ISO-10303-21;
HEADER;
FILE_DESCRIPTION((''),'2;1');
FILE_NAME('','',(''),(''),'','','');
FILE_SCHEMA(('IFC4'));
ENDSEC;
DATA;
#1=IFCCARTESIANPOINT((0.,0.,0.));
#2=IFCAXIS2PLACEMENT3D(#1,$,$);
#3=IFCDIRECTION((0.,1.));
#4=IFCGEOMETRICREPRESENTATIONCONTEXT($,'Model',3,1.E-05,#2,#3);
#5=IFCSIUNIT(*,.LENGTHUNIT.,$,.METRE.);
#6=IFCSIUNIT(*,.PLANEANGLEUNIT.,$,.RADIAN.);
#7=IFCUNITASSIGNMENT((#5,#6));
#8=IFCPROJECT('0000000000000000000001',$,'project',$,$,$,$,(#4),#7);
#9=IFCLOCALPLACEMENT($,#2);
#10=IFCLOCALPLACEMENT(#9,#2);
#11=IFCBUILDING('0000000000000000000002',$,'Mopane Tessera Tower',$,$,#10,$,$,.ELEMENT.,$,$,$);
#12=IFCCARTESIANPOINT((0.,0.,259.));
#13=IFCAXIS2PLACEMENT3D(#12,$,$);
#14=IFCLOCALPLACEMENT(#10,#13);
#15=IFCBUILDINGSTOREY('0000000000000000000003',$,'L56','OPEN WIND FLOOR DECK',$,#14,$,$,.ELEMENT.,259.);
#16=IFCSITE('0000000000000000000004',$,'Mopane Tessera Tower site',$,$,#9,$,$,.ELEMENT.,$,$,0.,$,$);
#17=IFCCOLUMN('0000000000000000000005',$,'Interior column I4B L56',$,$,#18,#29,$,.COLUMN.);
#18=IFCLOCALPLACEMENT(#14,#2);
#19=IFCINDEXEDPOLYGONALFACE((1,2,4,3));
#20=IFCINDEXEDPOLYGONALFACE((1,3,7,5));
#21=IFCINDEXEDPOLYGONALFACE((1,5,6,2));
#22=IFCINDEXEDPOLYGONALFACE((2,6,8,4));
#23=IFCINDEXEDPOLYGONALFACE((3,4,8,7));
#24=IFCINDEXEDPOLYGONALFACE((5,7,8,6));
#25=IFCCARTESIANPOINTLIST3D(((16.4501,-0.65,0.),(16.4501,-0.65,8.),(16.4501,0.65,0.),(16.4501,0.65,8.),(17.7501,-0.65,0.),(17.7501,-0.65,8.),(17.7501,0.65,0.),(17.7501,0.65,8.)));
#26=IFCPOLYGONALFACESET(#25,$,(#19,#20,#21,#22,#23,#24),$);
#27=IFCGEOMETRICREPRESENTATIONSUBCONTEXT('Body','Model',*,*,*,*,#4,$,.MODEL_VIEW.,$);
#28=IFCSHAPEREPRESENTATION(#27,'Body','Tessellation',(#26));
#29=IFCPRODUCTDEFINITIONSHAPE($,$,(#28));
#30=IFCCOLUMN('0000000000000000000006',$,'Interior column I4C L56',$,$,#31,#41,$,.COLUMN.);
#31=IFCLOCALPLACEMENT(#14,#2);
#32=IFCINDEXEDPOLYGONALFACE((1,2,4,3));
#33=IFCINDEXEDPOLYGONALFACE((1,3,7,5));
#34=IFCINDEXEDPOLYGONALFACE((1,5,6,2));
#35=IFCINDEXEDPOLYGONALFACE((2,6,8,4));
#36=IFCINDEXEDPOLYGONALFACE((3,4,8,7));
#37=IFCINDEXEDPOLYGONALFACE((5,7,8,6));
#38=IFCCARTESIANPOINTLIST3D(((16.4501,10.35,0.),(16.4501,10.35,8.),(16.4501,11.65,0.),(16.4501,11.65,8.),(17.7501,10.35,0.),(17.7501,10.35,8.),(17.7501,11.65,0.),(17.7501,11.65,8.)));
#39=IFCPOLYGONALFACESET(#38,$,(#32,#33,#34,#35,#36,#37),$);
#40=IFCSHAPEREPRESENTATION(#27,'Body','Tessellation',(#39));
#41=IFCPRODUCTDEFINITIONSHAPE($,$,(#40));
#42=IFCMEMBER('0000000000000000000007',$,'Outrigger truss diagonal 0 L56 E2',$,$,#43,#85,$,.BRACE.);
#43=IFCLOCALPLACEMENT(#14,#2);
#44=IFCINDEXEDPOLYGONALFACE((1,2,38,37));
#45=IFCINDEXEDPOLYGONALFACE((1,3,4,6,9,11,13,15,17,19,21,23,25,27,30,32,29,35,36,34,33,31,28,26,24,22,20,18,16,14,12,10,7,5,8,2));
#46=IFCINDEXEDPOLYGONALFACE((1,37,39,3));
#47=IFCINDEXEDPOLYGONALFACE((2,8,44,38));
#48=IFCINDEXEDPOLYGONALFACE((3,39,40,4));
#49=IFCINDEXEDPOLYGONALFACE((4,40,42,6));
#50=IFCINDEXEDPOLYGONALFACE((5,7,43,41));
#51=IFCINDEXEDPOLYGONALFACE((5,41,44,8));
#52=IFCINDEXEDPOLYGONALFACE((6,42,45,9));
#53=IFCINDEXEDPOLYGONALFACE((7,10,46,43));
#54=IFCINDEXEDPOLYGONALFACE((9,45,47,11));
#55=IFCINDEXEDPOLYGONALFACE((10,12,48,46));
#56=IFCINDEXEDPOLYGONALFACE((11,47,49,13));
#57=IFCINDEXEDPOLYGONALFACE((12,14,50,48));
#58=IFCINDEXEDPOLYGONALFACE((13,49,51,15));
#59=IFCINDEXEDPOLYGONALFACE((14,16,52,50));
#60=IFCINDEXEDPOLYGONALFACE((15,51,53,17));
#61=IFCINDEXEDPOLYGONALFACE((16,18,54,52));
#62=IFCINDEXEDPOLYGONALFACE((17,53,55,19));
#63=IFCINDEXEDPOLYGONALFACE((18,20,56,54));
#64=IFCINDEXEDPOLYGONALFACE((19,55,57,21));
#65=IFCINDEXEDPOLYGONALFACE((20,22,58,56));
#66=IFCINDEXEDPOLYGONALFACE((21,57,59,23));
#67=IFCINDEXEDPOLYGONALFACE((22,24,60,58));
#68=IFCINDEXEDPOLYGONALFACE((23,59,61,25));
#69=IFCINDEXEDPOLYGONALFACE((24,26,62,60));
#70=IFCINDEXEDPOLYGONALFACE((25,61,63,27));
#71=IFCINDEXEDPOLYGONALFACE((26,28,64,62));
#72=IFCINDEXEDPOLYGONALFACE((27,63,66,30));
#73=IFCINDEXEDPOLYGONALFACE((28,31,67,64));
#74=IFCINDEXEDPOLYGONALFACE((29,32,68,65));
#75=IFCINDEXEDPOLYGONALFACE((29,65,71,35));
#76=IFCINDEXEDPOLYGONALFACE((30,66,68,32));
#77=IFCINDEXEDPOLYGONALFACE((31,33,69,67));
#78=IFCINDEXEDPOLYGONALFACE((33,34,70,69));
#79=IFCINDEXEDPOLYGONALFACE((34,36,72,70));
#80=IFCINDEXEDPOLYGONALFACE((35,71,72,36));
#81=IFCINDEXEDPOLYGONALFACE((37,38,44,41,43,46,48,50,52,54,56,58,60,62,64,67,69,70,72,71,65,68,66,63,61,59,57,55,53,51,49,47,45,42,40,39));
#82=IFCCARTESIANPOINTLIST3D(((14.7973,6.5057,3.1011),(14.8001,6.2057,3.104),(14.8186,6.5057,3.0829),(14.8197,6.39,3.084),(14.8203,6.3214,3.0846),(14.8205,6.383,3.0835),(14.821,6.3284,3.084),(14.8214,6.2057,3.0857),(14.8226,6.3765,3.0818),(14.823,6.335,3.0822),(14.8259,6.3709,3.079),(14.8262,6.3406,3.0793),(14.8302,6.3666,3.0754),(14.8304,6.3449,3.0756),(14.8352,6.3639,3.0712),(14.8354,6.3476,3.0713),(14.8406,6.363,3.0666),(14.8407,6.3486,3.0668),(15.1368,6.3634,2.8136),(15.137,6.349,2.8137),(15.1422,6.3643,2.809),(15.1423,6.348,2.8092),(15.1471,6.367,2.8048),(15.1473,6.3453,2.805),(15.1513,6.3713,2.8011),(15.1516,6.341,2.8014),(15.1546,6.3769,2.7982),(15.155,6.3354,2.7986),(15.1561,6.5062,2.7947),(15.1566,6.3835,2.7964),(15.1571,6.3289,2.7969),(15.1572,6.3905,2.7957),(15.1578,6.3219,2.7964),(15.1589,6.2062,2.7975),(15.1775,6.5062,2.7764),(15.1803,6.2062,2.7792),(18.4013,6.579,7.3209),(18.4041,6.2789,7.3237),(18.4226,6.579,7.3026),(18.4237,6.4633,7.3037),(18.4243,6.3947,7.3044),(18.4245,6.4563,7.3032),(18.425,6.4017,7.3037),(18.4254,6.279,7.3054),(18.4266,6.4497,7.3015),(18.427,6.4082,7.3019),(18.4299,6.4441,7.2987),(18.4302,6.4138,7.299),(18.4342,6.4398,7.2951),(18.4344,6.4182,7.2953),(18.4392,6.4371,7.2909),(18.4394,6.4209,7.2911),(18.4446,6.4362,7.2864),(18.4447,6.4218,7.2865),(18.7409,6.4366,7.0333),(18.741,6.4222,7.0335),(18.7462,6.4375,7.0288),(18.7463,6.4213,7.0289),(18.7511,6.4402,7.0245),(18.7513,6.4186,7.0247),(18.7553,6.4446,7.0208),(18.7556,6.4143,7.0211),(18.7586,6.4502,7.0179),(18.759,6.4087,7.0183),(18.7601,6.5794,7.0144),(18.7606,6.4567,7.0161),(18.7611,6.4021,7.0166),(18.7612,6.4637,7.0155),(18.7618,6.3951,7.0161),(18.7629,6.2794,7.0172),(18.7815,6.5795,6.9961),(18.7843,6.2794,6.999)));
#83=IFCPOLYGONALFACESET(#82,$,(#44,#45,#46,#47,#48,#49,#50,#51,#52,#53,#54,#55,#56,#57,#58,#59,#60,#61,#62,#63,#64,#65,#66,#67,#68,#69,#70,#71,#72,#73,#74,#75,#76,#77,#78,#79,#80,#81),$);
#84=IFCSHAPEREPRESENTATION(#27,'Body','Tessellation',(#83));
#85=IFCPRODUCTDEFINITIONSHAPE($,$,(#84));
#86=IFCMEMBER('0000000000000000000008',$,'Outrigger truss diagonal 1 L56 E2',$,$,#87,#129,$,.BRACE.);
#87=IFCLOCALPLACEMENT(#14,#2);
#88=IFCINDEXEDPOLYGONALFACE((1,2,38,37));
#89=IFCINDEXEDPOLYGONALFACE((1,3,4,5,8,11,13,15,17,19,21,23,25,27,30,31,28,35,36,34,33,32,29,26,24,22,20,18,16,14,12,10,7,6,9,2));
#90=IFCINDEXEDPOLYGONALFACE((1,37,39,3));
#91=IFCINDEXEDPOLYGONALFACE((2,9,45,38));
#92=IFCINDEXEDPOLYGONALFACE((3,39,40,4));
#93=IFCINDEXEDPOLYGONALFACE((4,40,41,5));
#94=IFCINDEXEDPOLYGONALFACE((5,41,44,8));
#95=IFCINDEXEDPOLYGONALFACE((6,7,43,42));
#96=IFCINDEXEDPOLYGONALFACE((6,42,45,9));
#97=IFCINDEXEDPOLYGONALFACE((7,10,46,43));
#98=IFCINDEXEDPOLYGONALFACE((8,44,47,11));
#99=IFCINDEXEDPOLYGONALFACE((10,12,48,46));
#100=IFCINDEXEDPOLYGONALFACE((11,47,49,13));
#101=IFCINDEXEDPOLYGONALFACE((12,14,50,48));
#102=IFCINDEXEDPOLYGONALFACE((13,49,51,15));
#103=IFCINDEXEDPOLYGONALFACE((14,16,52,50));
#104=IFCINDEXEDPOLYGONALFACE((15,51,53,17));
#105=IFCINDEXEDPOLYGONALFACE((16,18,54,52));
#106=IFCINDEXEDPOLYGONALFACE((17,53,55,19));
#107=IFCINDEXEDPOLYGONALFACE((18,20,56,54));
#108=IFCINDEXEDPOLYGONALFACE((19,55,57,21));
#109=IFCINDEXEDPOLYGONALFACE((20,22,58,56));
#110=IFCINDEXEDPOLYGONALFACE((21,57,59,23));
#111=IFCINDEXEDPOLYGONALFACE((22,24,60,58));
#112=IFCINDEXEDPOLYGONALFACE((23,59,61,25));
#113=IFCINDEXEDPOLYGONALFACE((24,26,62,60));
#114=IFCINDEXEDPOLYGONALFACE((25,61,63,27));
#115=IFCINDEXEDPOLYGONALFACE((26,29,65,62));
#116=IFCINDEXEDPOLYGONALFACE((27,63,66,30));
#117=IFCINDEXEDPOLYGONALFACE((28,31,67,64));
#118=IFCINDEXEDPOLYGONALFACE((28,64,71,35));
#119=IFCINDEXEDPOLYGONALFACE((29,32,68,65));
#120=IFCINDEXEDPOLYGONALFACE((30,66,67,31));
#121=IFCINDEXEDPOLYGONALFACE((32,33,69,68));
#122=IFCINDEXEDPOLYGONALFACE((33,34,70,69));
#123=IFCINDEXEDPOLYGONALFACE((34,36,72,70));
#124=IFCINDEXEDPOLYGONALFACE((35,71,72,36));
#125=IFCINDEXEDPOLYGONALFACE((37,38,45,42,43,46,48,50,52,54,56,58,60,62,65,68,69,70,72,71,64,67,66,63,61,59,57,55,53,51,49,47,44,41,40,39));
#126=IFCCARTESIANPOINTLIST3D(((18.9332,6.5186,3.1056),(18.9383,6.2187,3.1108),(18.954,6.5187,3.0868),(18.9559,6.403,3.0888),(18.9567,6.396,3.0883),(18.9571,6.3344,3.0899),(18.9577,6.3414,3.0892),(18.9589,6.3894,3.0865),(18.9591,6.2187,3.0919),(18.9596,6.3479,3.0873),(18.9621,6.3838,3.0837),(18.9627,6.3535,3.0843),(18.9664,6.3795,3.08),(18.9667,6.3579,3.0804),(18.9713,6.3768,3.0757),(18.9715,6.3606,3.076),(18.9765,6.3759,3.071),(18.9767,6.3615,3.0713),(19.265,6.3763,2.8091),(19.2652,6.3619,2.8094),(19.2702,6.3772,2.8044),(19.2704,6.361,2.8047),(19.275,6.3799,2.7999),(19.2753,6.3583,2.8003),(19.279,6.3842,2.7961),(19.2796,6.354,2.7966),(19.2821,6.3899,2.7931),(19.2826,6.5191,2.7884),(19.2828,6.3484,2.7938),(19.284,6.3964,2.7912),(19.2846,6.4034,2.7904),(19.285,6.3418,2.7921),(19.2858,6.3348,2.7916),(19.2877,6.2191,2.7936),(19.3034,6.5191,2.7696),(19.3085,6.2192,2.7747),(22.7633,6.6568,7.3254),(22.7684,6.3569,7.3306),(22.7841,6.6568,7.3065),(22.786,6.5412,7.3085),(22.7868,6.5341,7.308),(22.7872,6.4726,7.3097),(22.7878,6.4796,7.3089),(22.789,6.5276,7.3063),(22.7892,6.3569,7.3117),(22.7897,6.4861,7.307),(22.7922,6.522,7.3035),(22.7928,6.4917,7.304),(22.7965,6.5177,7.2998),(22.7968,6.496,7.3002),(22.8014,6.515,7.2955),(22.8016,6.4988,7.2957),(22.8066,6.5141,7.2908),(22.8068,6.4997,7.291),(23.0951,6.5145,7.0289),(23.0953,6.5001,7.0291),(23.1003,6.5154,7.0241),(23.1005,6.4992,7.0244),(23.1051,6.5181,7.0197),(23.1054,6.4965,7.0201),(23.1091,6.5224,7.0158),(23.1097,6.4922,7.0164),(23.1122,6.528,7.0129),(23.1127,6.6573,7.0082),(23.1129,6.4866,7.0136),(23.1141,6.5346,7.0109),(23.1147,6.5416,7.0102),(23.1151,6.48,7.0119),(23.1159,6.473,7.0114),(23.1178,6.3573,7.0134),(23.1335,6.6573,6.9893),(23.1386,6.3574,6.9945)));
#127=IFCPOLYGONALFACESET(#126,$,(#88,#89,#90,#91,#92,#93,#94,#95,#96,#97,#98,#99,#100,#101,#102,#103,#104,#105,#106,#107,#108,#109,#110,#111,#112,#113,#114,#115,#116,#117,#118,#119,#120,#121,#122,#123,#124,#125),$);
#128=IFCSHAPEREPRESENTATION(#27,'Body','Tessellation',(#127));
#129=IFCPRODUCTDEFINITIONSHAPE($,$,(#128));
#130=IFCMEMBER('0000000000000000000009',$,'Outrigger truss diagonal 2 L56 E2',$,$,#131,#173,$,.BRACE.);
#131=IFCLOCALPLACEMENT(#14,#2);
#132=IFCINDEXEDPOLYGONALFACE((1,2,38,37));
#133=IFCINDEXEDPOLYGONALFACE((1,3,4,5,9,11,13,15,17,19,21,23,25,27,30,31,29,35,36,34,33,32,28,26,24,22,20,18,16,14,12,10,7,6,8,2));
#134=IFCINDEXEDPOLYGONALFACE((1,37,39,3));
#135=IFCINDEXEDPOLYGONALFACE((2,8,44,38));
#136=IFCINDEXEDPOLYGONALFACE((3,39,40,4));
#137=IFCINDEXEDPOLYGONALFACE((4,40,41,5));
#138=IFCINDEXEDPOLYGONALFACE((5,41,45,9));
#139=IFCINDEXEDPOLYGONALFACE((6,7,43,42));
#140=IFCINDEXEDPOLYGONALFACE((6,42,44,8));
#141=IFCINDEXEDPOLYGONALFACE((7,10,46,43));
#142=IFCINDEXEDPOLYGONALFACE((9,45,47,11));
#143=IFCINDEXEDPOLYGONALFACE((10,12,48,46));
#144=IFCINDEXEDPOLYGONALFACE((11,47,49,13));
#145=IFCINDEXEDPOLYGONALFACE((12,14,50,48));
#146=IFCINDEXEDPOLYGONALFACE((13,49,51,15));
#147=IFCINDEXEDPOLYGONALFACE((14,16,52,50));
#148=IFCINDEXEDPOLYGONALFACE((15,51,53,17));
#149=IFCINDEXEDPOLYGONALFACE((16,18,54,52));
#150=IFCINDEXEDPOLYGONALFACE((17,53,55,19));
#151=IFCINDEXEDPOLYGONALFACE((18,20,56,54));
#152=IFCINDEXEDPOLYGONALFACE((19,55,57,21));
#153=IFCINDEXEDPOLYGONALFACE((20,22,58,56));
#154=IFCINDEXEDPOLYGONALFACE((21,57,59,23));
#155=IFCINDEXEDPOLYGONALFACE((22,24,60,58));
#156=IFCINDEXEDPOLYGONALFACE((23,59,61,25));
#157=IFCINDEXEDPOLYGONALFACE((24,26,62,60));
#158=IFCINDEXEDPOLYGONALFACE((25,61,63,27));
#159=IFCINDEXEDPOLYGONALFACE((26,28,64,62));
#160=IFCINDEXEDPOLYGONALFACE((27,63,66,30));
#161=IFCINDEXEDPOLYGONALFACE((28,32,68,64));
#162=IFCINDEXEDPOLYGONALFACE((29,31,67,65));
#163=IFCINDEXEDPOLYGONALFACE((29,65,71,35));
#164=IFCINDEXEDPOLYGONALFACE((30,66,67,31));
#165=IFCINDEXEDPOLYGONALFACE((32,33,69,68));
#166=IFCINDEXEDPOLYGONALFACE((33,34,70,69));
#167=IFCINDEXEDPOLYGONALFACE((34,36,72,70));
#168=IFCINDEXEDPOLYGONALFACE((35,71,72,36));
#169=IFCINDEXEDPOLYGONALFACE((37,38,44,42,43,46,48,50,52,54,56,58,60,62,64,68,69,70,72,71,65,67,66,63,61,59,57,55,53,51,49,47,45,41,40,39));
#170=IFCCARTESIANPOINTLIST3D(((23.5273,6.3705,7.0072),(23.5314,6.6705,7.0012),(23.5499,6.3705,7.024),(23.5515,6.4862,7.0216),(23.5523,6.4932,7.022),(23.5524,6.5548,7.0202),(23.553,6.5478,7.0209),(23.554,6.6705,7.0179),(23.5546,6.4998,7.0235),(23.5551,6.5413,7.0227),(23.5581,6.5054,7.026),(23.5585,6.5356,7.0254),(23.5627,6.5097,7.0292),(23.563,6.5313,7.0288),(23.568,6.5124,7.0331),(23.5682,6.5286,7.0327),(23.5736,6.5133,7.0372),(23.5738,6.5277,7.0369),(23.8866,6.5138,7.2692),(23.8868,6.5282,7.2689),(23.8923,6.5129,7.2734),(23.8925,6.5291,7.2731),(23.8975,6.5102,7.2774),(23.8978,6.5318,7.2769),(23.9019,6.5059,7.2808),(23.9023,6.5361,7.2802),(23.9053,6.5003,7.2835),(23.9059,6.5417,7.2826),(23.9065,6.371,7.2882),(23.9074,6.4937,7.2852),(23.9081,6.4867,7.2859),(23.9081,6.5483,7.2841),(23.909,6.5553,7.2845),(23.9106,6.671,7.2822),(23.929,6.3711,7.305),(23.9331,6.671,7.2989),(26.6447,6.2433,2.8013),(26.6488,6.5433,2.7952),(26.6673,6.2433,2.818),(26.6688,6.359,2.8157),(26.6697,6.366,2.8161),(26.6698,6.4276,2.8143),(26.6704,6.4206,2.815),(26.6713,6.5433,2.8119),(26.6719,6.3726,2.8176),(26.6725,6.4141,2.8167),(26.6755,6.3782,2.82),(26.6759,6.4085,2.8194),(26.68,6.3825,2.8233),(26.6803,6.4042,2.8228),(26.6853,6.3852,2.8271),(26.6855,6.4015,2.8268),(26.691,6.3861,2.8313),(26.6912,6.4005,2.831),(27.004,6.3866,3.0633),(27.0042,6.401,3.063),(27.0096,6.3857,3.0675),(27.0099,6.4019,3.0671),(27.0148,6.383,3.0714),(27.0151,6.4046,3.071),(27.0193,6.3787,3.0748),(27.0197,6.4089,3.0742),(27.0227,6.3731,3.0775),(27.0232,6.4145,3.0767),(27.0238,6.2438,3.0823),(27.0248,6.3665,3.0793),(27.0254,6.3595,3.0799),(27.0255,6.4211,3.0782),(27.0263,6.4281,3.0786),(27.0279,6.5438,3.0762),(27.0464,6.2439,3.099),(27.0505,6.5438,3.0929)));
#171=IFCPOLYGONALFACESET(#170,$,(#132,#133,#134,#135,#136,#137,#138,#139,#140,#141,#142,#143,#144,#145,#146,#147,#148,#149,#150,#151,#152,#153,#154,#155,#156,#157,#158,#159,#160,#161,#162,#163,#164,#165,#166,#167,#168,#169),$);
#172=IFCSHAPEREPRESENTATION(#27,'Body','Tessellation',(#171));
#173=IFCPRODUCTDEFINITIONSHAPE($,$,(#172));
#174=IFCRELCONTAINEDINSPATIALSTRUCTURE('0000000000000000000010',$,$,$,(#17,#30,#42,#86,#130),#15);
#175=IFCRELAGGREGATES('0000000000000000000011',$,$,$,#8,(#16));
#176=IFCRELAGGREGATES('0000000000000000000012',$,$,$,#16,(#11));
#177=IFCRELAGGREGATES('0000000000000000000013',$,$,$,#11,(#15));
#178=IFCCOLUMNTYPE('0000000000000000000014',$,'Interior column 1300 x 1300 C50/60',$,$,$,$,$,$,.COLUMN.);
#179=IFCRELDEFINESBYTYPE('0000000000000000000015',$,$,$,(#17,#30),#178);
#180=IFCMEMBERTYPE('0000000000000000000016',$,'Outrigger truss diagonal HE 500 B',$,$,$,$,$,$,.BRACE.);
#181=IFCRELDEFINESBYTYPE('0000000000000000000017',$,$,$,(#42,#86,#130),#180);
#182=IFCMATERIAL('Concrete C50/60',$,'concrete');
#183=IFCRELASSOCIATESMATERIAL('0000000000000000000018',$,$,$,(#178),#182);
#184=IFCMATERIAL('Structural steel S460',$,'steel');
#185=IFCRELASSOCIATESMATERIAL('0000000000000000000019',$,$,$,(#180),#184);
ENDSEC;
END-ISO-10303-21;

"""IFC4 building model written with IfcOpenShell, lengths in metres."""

from ifc_helpers import new_model, si_unit, direction, frame, origin, origin_2d, place, context, subcontext, project, spatial, rectangle, i_section, extrude, material, material_profile, profile_set, type_object, element, save


model = new_model("IFC4")

# Units and contexts
model_context = context("Model", 3, precision=1e-05, world=origin(), true_north=direction((0.0, 1.0)))
body_context = subcontext(model_context, "Body", "Model", "MODEL_VIEW")
ifc_project = project(units=[si_unit("LENGTHUNIT", "METRE"), si_unit("PLANEANGLEUNIT", "RADIAN")], contexts=[model_context])

# Site, building, storey
site_placement = place(None, origin())
site = spatial("IfcSite", under=ifc_project, at=site_placement, Name="Mopane Tessera Tower site", CompositionType="ELEMENT", RefElevation=0.0)
building_placement = place(site_placement, origin())
building = spatial("IfcBuilding", under=site, at=building_placement, Name="Mopane Tessera Tower", CompositionType="ELEMENT")
storey_placement = place(building_placement, frame((0.0, 0.0, 259.0)))
storey = spatial("IfcBuildingStorey", under=building, at=storey_placement, Name="L56", Description="OPEN WIND FLOOR DECK", CompositionType="ELEMENT", Elevation=259.0)

# Columns
ifc_material_1 = material(Name="Concrete C50/60", Category="concrete")
ifc_material_profile_1 = material_profile(ifc_material_1, rectangle(XDim=1.3, YDim=1.3, at=origin_2d()))
ifc_profile_set_1 = profile_set([ifc_material_profile_1], Name="Concrete C50/60")
column_type = type_object("IfcColumnType", Name="Interior column 1300 x 1300 C50/60", PredefinedType="COLUMN", material=ifc_profile_set_1)
for number, where, z_axis, x_axis, name in (
    (1, (17.1001, 0.0, 0.0), (0.0, 0.0, 1.0), (1.0, 0.0, 0.0), "Interior column I4B L56"),
    (2, (17.1001, 11.0, 0.0), (0.0, 0.0, 1.0), (1.0, 0.0, 0.0), "Interior column I4C L56"),
):
    element("IfcColumn", number, at=place(storey_placement, frame(where, z_axis=z_axis, x_axis=x_axis)), inside=storey, type_object=column_type, Name=name, PredefinedType="COLUMN", context=body_context, shape_type="SweptSolid", body=[
        extrude(rectangle(XDim=1.3, YDim=1.3, at=origin_2d()), origin(), (0.0, 0.0, 1.0), 8.0),
    ])

# Members
ifc_material_2 = material(Name="Structural steel S460", Category="steel")
ifc_material_profile_2 = material_profile(ifc_material_2, i_section(OverallWidth=0.3, OverallDepth=0.5, WebThickness=0.0144, FlangeThickness=0.0281, FilletRadius=0.0271, at=origin_2d()))
ifc_profile_set_2 = profile_set([ifc_material_profile_2], Name="Structural steel S460")
member_type_1 = type_object("IfcMemberType", Name="Outrigger truss diagonal HE 500 B", PredefinedType="BRACE", material=ifc_profile_set_2)
member_1_placement = place(storey_placement, frame((14.9888, 6.356, 2.9402), z_axis=(0.649393, 0.013197, 0.760338), x_axis=(-0.009363, 0.999912, -0.009359)))
element("IfcMember", 3, at=member_1_placement, inside=storey, type_object=member_type_1, Name="Outrigger truss diagonal 0 L56 E2", PredefinedType="BRACE", context=body_context, shape_type="SweptSolid", body=[
    extrude(i_section(OverallWidth=0.3, OverallDepth=0.5, WebThickness=0.0144, FlangeThickness=0.0281, FilletRadius=0.0271, at=origin_2d()), origin(), (0.0, 0.0, 1.0), 5.5498),
])
member_2_placement = place(storey_placement, frame((19.1208, 6.3689, 2.9402), z_axis=(0.671895, 0.024241, 0.74025), x_axis=(-0.017034, 0.999706, -0.017277)))
element("IfcMember", 4, at=member_2_placement, inside=storey, type_object=member_type_1, Name="Outrigger truss diagonal 1 L56 E2", PredefinedType="BRACE", context=body_context, shape_type="SweptSolid", body=[
    extrude(i_section(OverallWidth=0.3, OverallDepth=0.5, WebThickness=0.0144, FlangeThickness=0.0281, FilletRadius=0.0271, at=origin_2d()), origin(), (0.0, 0.0, 1.0), 5.7004),
])
member_3_placement = place(storey_placement, frame((23.7302, 6.5208, 7.1531), z_axis=(0.595278, -0.024289, -0.803152), x_axis=(0.013562, 0.999704, -0.020181)))
element("IfcMember", 5, at=member_3_placement, inside=storey, type_object=member_type_1, Name="Outrigger truss diagonal 2 L56 E2", PredefinedType="BRACE", context=body_context, shape_type="SweptSolid", body=[
    extrude(i_section(OverallWidth=0.3, OverallDepth=0.5, WebThickness=0.0144, FlangeThickness=0.0281, FilletRadius=0.0271, at=origin_2d()), origin(), (0.0, 0.0, 1.0), 5.2368),
])

save(model, "model.ifc")
